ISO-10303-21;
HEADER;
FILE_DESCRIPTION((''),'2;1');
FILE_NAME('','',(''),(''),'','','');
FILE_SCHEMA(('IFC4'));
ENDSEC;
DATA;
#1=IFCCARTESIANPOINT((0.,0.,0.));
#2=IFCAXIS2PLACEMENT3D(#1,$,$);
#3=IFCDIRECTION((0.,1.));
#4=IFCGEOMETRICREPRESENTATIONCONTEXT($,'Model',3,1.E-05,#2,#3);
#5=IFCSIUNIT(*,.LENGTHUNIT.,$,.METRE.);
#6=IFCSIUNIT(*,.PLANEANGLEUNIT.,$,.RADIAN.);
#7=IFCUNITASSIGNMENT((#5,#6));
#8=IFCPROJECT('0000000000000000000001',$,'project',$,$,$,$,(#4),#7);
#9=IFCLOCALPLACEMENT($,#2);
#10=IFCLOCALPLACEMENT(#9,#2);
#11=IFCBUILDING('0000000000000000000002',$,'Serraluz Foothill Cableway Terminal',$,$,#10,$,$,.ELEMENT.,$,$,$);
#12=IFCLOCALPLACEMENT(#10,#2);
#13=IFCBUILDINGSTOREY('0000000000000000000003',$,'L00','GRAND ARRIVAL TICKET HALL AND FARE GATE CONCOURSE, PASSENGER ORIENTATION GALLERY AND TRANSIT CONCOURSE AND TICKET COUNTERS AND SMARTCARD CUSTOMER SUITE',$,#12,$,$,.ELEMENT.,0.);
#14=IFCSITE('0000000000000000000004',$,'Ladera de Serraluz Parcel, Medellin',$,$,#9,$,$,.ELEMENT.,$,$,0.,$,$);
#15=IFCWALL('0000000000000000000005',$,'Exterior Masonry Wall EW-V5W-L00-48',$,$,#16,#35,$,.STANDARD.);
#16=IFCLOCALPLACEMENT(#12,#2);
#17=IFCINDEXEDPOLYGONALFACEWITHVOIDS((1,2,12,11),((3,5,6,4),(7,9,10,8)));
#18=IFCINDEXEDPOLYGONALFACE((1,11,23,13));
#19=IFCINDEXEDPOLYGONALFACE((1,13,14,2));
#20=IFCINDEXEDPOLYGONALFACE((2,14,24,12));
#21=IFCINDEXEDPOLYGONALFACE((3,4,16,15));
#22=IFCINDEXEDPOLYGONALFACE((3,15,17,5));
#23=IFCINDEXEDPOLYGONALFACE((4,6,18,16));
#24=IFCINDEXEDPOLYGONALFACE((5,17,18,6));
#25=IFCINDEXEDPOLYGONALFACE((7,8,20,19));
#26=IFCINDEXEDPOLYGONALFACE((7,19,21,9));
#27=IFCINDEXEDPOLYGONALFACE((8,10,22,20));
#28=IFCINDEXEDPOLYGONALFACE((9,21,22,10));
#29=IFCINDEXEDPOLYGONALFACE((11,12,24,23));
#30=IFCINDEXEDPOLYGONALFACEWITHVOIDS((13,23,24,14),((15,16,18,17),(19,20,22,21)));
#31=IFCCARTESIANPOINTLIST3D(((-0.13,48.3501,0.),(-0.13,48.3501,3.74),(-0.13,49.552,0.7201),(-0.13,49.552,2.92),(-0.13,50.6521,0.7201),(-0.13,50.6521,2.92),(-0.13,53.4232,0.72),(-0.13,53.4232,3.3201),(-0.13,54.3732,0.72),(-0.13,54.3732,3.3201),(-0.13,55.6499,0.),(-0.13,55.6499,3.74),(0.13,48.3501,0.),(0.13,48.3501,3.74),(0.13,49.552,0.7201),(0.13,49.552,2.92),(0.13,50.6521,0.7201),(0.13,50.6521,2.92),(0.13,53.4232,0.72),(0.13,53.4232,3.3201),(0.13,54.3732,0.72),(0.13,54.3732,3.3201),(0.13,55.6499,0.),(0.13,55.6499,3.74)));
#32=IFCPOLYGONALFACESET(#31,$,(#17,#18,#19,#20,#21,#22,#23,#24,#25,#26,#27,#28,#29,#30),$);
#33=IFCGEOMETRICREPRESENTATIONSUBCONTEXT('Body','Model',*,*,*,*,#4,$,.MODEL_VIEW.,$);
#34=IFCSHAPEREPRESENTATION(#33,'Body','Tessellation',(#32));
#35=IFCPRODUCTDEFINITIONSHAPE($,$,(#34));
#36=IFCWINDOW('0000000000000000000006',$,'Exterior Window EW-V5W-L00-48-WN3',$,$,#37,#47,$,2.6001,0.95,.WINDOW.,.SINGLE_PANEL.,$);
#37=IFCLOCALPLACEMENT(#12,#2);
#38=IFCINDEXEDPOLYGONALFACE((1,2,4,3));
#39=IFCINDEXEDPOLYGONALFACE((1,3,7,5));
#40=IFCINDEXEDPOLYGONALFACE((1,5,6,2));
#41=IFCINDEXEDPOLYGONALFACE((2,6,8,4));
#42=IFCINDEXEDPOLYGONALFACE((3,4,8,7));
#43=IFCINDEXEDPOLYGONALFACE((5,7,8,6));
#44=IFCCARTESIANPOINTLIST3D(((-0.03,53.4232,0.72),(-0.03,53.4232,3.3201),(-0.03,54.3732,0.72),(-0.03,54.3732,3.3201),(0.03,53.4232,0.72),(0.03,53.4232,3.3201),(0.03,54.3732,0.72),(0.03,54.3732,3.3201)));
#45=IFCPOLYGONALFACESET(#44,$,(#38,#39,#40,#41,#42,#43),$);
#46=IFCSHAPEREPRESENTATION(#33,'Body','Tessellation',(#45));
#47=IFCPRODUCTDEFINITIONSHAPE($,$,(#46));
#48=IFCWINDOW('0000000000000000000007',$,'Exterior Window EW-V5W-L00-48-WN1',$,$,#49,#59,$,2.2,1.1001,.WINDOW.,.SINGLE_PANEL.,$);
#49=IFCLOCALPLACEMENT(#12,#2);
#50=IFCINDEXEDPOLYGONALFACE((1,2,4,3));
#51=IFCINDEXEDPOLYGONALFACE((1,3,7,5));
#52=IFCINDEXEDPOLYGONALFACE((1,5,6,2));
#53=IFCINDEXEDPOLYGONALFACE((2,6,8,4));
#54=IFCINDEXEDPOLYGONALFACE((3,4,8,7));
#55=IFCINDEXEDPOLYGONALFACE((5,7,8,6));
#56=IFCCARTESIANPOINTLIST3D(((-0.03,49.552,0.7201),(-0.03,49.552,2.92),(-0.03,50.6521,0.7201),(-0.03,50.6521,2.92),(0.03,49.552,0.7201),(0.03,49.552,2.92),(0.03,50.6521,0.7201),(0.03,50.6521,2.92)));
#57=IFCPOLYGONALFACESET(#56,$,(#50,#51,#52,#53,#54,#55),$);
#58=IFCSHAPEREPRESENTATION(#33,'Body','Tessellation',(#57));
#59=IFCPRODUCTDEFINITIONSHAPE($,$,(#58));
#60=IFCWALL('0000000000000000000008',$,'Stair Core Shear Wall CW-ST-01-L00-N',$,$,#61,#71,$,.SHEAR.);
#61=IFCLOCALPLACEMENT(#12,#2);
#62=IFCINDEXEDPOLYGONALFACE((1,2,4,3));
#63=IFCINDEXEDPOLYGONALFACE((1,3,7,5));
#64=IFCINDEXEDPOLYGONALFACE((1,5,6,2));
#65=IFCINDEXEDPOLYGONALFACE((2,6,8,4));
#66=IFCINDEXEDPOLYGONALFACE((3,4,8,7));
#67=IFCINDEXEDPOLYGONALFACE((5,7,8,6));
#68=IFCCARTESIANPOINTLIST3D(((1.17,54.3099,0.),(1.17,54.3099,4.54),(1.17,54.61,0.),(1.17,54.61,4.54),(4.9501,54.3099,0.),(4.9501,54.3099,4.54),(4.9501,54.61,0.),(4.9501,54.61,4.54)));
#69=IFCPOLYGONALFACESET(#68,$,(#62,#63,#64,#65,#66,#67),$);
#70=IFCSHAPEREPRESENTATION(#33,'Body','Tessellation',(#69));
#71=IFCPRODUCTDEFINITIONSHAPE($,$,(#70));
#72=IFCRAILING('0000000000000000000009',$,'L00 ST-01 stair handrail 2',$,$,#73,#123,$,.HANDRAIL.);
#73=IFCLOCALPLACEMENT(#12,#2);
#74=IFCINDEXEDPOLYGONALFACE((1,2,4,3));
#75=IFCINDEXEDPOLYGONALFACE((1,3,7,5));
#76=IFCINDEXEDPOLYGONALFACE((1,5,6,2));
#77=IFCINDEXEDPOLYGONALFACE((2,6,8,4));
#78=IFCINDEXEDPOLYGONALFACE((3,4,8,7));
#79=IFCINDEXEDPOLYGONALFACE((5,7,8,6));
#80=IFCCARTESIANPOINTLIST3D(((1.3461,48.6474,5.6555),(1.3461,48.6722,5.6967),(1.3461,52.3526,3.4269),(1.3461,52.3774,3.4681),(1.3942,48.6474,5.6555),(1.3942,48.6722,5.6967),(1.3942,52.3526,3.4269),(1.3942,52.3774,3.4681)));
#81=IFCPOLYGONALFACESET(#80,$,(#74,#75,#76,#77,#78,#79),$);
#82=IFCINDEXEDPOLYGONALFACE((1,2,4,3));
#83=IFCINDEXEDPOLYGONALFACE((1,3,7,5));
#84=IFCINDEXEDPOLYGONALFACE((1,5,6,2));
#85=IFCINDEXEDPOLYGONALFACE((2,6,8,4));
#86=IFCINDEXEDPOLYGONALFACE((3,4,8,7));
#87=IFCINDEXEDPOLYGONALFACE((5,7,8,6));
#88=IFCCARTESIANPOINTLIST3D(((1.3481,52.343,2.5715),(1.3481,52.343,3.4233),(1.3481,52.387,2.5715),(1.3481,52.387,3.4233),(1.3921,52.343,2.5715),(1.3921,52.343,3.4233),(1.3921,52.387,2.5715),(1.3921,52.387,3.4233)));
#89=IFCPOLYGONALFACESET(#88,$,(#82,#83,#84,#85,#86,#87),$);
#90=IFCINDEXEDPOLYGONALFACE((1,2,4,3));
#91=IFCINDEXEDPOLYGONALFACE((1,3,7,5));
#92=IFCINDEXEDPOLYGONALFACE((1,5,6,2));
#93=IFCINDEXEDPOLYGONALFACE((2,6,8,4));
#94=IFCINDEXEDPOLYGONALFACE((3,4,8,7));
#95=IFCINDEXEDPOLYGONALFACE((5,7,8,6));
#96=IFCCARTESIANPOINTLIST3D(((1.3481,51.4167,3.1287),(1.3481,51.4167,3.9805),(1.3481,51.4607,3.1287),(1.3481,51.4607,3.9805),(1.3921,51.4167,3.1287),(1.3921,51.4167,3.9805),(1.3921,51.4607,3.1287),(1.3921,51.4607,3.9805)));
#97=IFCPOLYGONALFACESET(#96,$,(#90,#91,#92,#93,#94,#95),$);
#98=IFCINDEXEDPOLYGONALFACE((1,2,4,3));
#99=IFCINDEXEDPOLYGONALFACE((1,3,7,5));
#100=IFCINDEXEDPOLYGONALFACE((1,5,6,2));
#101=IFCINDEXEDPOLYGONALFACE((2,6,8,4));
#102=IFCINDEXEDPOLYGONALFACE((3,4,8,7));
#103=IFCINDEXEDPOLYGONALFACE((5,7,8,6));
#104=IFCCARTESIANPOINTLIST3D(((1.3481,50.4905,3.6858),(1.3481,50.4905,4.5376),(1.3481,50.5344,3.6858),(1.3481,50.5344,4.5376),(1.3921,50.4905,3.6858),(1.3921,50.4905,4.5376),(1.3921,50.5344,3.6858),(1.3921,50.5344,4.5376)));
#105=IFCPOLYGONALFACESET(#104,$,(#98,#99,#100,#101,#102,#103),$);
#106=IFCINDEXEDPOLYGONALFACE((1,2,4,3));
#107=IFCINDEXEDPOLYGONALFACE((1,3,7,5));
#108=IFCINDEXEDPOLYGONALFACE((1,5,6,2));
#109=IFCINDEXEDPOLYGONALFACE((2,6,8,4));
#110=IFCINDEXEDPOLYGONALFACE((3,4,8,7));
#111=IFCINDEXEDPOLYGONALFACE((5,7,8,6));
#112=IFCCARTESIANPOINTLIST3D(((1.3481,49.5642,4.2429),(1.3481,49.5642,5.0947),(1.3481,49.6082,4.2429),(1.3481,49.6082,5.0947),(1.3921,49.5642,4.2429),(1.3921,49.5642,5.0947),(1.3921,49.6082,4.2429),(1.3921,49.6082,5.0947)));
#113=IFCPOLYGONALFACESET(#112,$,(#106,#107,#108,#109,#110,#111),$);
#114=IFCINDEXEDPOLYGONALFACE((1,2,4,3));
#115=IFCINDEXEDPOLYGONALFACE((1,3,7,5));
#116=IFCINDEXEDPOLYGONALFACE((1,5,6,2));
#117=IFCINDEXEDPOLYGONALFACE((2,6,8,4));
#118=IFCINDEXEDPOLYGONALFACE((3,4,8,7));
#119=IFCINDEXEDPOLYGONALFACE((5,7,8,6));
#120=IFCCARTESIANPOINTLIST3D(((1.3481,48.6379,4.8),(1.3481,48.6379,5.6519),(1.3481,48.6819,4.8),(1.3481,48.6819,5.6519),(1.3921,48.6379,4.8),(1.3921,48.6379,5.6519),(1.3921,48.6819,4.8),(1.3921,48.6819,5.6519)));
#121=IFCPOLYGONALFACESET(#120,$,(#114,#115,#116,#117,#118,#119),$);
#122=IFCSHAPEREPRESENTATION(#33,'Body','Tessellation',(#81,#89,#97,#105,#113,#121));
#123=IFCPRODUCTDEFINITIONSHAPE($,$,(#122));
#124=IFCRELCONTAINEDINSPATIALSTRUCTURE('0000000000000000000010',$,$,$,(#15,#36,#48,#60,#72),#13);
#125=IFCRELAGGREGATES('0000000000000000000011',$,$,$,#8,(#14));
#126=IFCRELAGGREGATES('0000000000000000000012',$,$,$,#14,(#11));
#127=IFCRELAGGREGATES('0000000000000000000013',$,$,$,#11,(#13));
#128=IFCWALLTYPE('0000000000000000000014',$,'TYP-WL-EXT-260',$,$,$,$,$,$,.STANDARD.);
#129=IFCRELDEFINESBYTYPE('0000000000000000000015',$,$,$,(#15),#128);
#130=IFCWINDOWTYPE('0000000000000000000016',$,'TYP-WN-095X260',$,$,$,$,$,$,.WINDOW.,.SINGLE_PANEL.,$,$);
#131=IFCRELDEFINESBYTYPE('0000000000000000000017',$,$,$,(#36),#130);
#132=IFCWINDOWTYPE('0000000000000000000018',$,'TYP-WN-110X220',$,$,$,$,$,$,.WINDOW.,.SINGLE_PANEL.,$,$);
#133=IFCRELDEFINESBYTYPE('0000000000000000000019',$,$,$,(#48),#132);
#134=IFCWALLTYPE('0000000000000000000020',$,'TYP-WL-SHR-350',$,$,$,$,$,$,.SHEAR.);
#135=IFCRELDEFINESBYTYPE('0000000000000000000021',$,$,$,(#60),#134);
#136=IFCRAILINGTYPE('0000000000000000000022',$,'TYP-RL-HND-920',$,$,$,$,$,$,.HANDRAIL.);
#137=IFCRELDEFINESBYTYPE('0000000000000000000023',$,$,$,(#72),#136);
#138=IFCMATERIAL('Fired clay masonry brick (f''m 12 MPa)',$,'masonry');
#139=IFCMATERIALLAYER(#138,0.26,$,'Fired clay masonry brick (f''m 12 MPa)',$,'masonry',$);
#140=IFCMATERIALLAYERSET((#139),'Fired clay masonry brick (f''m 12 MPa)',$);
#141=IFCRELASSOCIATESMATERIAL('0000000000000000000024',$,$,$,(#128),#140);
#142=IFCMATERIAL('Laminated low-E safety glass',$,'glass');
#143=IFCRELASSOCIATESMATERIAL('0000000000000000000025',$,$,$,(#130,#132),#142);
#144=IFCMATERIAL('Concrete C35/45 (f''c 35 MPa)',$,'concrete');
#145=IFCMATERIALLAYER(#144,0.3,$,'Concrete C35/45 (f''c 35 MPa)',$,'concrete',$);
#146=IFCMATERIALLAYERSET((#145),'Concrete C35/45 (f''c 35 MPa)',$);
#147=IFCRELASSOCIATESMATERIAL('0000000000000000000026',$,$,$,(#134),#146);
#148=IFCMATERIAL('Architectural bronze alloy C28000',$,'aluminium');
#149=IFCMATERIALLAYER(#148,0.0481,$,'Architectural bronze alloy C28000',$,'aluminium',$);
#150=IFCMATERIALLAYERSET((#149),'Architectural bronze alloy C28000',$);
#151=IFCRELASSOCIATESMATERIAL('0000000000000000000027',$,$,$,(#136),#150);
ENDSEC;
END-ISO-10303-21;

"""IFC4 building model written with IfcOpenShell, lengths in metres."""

from ifc_helpers import new_model, si_unit, direction, frame, frame_2d, origin, origin_2d, place, context, subcontext, project, spatial, rectangle, extrude, material, layer, layer_set, type_object, element, fill, save


model = new_model("IFC4")

# Units and contexts
model_context = context("Model", 3, precision=1e-05, world=origin(), true_north=direction((0.0, 1.0)))
body_context = subcontext(model_context, "Body", "Model", "MODEL_VIEW")
ifc_project = project(units=[si_unit("LENGTHUNIT", "METRE"), si_unit("PLANEANGLEUNIT", "RADIAN")], contexts=[model_context])

# Site, building, storey
site_placement = place(None, origin())
site = spatial("IfcSite", under=ifc_project, at=site_placement, Name="Ladera de Serraluz Parcel, Medellin", CompositionType="ELEMENT", RefElevation=0.0)
building_placement = place(site_placement, origin())
building = spatial("IfcBuilding", under=site, at=building_placement, Name="Serraluz Foothill Cableway Terminal", CompositionType="ELEMENT")
storey_placement = place(building_placement, origin())
storey = spatial("IfcBuildingStorey", under=building, at=storey_placement, Name="L00", Description="GRAND ARRIVAL TICKET HALL AND FARE GATE CONCOURSE, PASSENGER ORIENTATION GALLERY AND TRANSIT CONCOURSE AND TICKET COUNTERS AND SMARTCARD CUSTOMER SUITE", CompositionType="ELEMENT", Elevation=0.0)

# Shared definitions
ifc_material_1 = material(Name="Concrete C35/45 (f'c 35 MPa)", Category="concrete")

# Shared definitions
ifc_material_2 = material(Name="Fired clay masonry brick (f'm 12 MPa)", Category="masonry")

# Wall, openings, windows
ifc_layer_1 = layer(ifc_material_2, 0.26, Name="Fired clay masonry brick (f'm 12 MPa)", Category="masonry")
ifc_layer_set_1 = layer_set([ifc_layer_1], Name="Fired clay masonry brick (f'm 12 MPa)")
wall_type_1 = type_object("IfcWallType", Name="TYP-WL-EXT-260", PredefinedType="STANDARD", material=ifc_layer_set_1)
wall_1_placement = place(storey_placement, frame((0.0, 48.3501, 0.0), z_axis=(0.0, 0.0, 1.0), x_axis=(0.0, 1.0, 0.0)))
wall_1 = element("IfcWall", 1, at=wall_1_placement, inside=storey, type_object=wall_type_1, Name="Exterior Masonry Wall EW-V5W-L00-48", PredefinedType="STANDARD", context=body_context, shape_type="SweptSolid", body=[
    extrude(rectangle(XDim=7.2998, YDim=0.26, at=frame_2d((3.6499, 0.0))), origin(), (0.0, 0.0, 1.0), 3.74),
])
opening_1_placement = place(wall_1_placement, frame((1.2019, 0.0, 0.72)))
opening_1 = element("IfcOpeningElement", 2, at=opening_1_placement, cuts=wall_1, PredefinedType="OPENING", context=body_context, shape_type="SweptSolid", body=[
    extrude(rectangle(XDim=1.1001, YDim=2.2, at=frame_2d((0.55, 1.1001))), frame((0.0, 0.1401, 0.0), z_axis=(0.0, -1.0, 0.0), x_axis=(1.0, 0.0, 0.0)), (0.0, 0.0, 1.0), 0.28),
])
opening_2_placement = place(wall_1_placement, frame((5.073, 0.0, 0.72)))
opening_2 = element("IfcOpeningElement", 3, at=opening_2_placement, cuts=wall_1, PredefinedType="OPENING", context=body_context, shape_type="SweptSolid", body=[
    extrude(rectangle(XDim=0.95, YDim=2.6001, at=frame_2d((0.4751, 1.3))), frame((0.0, 0.1401, 0.0), z_axis=(0.0, -1.0, 0.0), x_axis=(1.0, 0.0, 0.0)), (0.0, 0.0, 1.0), 0.28),
])
ifc_material_3 = material(Name="Laminated low-E safety glass", Category="glass")
window_type_1 = type_object("IfcWindowType", Name="TYP-WN-095X260", PartitioningType="SINGLE_PANEL", PredefinedType="WINDOW", material=ifc_material_3)
window_1_placement = place(opening_2_placement, origin())
window_1 = element("IfcWindow", 4, at=window_1_placement, inside=storey, type_object=window_type_1, Name="Exterior Window EW-V5W-L00-48-WN3", OverallHeight=2.6001, OverallWidth=0.95, PartitioningType="SINGLE_PANEL", PredefinedType="WINDOW", context=body_context, shape_type="SweptSolid", body=[
    extrude(rectangle(XDim=0.95, YDim=2.6001, at=frame_2d((0.4751, 1.3))), frame((0.0, 0.03, 0.0), z_axis=(0.0, -1.0, 0.0), x_axis=(1.0, 0.0, 0.0)), (0.0, 0.0, 1.0), 0.0601),
])
fill(opening_2, window_1)
window_type_2 = type_object("IfcWindowType", Name="TYP-WN-110X220", PartitioningType="SINGLE_PANEL", PredefinedType="WINDOW", material=ifc_material_3)
window_2_placement = place(opening_1_placement, origin())
window_2 = element("IfcWindow", 5, at=window_2_placement, inside=storey, type_object=window_type_2, Name="Exterior Window EW-V5W-L00-48-WN1", OverallHeight=2.2, OverallWidth=1.1001, PartitioningType="SINGLE_PANEL", PredefinedType="WINDOW", context=body_context, shape_type="SweptSolid", body=[
    extrude(rectangle(XDim=1.1001, YDim=2.2, at=frame_2d((0.55, 1.1001))), frame((0.0, 0.03, 0.0), z_axis=(0.0, -1.0, 0.0), x_axis=(1.0, 0.0, 0.0)), (0.0, 0.0, 1.0), 0.0601),
])
fill(opening_1, window_2)

# Wall
ifc_layer_2 = layer(ifc_material_1, 0.3, Name="Concrete C35/45 (f'c 35 MPa)", Category="concrete")
ifc_layer_set_2 = layer_set([ifc_layer_2], Name="Concrete C35/45 (f'c 35 MPa)")
wall_type_2 = type_object("IfcWallType", Name="TYP-WL-SHR-350", PredefinedType="SHEAR", material=ifc_layer_set_2)
wall_2_placement = place(storey_placement, frame((1.1699, 54.46, 0.0), z_axis=(0.0, 0.0, 1.0), x_axis=(1.0, 0.0, 0.0)))
element("IfcWall", 6, at=wall_2_placement, inside=storey, type_object=wall_type_2, Name="Stair Core Shear Wall CW-ST-01-L00-N", PredefinedType="SHEAR", context=body_context, shape_type="SweptSolid", body=[
    extrude(rectangle(XDim=3.78, YDim=0.3, at=frame_2d((1.8901, 0.0))), origin(), (0.0, 0.0, 1.0), 4.54),
])

# Railing
ifc_material_4 = material(Name="Architectural bronze alloy C28000", Category="aluminium")
ifc_layer_3 = layer(ifc_material_4, 0.0481, Name="Architectural bronze alloy C28000", Category="aluminium")
ifc_layer_set_3 = layer_set([ifc_layer_3], Name="Architectural bronze alloy C28000")
railing_type = type_object("IfcRailingType", Name="TYP-RL-HND-920", PredefinedType="HANDRAIL", material=ifc_layer_set_3)
railing_placement = place(storey_placement, frame((1.3701, 52.365, 2.5715)))
element("IfcRailing", 7, at=railing_placement, inside=storey, type_object=railing_type, Name="L00 ST-01 stair handrail 2", PredefinedType="HANDRAIL", context=body_context, shape_type="SweptSolid", body=[
    extrude(rectangle(XDim=0.0481, YDim=0.0481, at=origin_2d()), frame((0.0, 0.0, 0.876), z_axis=(0.0, -0.856934, 0.515425), x_axis=(1.0, 0.0, 0.0)), (0.0, 0.0, 1.0), 4.3237),
    extrude(rectangle(XDim=0.0439, YDim=0.0439, at=origin_2d()), origin(), (0.0, 0.0, 1.0), 0.8518),
    extrude(rectangle(XDim=0.0439, YDim=0.0439, at=origin_2d()), frame((0.0, -0.9263, 0.5571)), (0.0, 0.0, 1.0), 0.8518),
    extrude(rectangle(XDim=0.0439, YDim=0.0439, at=origin_2d()), frame((0.0, -1.8525, 1.1143)), (0.0, 0.0, 1.0), 0.8518),
    extrude(rectangle(XDim=0.0439, YDim=0.0439, at=origin_2d()), frame((0.0, -2.7788, 1.6714)), (0.0, 0.0, 1.0), 0.8518),
    extrude(rectangle(XDim=0.0439, YDim=0.0439, at=origin_2d()), frame((0.0, -3.7051, 2.2285)), (0.0, 0.0, 1.0), 0.8518),
])

save(model, "model.ifc")
